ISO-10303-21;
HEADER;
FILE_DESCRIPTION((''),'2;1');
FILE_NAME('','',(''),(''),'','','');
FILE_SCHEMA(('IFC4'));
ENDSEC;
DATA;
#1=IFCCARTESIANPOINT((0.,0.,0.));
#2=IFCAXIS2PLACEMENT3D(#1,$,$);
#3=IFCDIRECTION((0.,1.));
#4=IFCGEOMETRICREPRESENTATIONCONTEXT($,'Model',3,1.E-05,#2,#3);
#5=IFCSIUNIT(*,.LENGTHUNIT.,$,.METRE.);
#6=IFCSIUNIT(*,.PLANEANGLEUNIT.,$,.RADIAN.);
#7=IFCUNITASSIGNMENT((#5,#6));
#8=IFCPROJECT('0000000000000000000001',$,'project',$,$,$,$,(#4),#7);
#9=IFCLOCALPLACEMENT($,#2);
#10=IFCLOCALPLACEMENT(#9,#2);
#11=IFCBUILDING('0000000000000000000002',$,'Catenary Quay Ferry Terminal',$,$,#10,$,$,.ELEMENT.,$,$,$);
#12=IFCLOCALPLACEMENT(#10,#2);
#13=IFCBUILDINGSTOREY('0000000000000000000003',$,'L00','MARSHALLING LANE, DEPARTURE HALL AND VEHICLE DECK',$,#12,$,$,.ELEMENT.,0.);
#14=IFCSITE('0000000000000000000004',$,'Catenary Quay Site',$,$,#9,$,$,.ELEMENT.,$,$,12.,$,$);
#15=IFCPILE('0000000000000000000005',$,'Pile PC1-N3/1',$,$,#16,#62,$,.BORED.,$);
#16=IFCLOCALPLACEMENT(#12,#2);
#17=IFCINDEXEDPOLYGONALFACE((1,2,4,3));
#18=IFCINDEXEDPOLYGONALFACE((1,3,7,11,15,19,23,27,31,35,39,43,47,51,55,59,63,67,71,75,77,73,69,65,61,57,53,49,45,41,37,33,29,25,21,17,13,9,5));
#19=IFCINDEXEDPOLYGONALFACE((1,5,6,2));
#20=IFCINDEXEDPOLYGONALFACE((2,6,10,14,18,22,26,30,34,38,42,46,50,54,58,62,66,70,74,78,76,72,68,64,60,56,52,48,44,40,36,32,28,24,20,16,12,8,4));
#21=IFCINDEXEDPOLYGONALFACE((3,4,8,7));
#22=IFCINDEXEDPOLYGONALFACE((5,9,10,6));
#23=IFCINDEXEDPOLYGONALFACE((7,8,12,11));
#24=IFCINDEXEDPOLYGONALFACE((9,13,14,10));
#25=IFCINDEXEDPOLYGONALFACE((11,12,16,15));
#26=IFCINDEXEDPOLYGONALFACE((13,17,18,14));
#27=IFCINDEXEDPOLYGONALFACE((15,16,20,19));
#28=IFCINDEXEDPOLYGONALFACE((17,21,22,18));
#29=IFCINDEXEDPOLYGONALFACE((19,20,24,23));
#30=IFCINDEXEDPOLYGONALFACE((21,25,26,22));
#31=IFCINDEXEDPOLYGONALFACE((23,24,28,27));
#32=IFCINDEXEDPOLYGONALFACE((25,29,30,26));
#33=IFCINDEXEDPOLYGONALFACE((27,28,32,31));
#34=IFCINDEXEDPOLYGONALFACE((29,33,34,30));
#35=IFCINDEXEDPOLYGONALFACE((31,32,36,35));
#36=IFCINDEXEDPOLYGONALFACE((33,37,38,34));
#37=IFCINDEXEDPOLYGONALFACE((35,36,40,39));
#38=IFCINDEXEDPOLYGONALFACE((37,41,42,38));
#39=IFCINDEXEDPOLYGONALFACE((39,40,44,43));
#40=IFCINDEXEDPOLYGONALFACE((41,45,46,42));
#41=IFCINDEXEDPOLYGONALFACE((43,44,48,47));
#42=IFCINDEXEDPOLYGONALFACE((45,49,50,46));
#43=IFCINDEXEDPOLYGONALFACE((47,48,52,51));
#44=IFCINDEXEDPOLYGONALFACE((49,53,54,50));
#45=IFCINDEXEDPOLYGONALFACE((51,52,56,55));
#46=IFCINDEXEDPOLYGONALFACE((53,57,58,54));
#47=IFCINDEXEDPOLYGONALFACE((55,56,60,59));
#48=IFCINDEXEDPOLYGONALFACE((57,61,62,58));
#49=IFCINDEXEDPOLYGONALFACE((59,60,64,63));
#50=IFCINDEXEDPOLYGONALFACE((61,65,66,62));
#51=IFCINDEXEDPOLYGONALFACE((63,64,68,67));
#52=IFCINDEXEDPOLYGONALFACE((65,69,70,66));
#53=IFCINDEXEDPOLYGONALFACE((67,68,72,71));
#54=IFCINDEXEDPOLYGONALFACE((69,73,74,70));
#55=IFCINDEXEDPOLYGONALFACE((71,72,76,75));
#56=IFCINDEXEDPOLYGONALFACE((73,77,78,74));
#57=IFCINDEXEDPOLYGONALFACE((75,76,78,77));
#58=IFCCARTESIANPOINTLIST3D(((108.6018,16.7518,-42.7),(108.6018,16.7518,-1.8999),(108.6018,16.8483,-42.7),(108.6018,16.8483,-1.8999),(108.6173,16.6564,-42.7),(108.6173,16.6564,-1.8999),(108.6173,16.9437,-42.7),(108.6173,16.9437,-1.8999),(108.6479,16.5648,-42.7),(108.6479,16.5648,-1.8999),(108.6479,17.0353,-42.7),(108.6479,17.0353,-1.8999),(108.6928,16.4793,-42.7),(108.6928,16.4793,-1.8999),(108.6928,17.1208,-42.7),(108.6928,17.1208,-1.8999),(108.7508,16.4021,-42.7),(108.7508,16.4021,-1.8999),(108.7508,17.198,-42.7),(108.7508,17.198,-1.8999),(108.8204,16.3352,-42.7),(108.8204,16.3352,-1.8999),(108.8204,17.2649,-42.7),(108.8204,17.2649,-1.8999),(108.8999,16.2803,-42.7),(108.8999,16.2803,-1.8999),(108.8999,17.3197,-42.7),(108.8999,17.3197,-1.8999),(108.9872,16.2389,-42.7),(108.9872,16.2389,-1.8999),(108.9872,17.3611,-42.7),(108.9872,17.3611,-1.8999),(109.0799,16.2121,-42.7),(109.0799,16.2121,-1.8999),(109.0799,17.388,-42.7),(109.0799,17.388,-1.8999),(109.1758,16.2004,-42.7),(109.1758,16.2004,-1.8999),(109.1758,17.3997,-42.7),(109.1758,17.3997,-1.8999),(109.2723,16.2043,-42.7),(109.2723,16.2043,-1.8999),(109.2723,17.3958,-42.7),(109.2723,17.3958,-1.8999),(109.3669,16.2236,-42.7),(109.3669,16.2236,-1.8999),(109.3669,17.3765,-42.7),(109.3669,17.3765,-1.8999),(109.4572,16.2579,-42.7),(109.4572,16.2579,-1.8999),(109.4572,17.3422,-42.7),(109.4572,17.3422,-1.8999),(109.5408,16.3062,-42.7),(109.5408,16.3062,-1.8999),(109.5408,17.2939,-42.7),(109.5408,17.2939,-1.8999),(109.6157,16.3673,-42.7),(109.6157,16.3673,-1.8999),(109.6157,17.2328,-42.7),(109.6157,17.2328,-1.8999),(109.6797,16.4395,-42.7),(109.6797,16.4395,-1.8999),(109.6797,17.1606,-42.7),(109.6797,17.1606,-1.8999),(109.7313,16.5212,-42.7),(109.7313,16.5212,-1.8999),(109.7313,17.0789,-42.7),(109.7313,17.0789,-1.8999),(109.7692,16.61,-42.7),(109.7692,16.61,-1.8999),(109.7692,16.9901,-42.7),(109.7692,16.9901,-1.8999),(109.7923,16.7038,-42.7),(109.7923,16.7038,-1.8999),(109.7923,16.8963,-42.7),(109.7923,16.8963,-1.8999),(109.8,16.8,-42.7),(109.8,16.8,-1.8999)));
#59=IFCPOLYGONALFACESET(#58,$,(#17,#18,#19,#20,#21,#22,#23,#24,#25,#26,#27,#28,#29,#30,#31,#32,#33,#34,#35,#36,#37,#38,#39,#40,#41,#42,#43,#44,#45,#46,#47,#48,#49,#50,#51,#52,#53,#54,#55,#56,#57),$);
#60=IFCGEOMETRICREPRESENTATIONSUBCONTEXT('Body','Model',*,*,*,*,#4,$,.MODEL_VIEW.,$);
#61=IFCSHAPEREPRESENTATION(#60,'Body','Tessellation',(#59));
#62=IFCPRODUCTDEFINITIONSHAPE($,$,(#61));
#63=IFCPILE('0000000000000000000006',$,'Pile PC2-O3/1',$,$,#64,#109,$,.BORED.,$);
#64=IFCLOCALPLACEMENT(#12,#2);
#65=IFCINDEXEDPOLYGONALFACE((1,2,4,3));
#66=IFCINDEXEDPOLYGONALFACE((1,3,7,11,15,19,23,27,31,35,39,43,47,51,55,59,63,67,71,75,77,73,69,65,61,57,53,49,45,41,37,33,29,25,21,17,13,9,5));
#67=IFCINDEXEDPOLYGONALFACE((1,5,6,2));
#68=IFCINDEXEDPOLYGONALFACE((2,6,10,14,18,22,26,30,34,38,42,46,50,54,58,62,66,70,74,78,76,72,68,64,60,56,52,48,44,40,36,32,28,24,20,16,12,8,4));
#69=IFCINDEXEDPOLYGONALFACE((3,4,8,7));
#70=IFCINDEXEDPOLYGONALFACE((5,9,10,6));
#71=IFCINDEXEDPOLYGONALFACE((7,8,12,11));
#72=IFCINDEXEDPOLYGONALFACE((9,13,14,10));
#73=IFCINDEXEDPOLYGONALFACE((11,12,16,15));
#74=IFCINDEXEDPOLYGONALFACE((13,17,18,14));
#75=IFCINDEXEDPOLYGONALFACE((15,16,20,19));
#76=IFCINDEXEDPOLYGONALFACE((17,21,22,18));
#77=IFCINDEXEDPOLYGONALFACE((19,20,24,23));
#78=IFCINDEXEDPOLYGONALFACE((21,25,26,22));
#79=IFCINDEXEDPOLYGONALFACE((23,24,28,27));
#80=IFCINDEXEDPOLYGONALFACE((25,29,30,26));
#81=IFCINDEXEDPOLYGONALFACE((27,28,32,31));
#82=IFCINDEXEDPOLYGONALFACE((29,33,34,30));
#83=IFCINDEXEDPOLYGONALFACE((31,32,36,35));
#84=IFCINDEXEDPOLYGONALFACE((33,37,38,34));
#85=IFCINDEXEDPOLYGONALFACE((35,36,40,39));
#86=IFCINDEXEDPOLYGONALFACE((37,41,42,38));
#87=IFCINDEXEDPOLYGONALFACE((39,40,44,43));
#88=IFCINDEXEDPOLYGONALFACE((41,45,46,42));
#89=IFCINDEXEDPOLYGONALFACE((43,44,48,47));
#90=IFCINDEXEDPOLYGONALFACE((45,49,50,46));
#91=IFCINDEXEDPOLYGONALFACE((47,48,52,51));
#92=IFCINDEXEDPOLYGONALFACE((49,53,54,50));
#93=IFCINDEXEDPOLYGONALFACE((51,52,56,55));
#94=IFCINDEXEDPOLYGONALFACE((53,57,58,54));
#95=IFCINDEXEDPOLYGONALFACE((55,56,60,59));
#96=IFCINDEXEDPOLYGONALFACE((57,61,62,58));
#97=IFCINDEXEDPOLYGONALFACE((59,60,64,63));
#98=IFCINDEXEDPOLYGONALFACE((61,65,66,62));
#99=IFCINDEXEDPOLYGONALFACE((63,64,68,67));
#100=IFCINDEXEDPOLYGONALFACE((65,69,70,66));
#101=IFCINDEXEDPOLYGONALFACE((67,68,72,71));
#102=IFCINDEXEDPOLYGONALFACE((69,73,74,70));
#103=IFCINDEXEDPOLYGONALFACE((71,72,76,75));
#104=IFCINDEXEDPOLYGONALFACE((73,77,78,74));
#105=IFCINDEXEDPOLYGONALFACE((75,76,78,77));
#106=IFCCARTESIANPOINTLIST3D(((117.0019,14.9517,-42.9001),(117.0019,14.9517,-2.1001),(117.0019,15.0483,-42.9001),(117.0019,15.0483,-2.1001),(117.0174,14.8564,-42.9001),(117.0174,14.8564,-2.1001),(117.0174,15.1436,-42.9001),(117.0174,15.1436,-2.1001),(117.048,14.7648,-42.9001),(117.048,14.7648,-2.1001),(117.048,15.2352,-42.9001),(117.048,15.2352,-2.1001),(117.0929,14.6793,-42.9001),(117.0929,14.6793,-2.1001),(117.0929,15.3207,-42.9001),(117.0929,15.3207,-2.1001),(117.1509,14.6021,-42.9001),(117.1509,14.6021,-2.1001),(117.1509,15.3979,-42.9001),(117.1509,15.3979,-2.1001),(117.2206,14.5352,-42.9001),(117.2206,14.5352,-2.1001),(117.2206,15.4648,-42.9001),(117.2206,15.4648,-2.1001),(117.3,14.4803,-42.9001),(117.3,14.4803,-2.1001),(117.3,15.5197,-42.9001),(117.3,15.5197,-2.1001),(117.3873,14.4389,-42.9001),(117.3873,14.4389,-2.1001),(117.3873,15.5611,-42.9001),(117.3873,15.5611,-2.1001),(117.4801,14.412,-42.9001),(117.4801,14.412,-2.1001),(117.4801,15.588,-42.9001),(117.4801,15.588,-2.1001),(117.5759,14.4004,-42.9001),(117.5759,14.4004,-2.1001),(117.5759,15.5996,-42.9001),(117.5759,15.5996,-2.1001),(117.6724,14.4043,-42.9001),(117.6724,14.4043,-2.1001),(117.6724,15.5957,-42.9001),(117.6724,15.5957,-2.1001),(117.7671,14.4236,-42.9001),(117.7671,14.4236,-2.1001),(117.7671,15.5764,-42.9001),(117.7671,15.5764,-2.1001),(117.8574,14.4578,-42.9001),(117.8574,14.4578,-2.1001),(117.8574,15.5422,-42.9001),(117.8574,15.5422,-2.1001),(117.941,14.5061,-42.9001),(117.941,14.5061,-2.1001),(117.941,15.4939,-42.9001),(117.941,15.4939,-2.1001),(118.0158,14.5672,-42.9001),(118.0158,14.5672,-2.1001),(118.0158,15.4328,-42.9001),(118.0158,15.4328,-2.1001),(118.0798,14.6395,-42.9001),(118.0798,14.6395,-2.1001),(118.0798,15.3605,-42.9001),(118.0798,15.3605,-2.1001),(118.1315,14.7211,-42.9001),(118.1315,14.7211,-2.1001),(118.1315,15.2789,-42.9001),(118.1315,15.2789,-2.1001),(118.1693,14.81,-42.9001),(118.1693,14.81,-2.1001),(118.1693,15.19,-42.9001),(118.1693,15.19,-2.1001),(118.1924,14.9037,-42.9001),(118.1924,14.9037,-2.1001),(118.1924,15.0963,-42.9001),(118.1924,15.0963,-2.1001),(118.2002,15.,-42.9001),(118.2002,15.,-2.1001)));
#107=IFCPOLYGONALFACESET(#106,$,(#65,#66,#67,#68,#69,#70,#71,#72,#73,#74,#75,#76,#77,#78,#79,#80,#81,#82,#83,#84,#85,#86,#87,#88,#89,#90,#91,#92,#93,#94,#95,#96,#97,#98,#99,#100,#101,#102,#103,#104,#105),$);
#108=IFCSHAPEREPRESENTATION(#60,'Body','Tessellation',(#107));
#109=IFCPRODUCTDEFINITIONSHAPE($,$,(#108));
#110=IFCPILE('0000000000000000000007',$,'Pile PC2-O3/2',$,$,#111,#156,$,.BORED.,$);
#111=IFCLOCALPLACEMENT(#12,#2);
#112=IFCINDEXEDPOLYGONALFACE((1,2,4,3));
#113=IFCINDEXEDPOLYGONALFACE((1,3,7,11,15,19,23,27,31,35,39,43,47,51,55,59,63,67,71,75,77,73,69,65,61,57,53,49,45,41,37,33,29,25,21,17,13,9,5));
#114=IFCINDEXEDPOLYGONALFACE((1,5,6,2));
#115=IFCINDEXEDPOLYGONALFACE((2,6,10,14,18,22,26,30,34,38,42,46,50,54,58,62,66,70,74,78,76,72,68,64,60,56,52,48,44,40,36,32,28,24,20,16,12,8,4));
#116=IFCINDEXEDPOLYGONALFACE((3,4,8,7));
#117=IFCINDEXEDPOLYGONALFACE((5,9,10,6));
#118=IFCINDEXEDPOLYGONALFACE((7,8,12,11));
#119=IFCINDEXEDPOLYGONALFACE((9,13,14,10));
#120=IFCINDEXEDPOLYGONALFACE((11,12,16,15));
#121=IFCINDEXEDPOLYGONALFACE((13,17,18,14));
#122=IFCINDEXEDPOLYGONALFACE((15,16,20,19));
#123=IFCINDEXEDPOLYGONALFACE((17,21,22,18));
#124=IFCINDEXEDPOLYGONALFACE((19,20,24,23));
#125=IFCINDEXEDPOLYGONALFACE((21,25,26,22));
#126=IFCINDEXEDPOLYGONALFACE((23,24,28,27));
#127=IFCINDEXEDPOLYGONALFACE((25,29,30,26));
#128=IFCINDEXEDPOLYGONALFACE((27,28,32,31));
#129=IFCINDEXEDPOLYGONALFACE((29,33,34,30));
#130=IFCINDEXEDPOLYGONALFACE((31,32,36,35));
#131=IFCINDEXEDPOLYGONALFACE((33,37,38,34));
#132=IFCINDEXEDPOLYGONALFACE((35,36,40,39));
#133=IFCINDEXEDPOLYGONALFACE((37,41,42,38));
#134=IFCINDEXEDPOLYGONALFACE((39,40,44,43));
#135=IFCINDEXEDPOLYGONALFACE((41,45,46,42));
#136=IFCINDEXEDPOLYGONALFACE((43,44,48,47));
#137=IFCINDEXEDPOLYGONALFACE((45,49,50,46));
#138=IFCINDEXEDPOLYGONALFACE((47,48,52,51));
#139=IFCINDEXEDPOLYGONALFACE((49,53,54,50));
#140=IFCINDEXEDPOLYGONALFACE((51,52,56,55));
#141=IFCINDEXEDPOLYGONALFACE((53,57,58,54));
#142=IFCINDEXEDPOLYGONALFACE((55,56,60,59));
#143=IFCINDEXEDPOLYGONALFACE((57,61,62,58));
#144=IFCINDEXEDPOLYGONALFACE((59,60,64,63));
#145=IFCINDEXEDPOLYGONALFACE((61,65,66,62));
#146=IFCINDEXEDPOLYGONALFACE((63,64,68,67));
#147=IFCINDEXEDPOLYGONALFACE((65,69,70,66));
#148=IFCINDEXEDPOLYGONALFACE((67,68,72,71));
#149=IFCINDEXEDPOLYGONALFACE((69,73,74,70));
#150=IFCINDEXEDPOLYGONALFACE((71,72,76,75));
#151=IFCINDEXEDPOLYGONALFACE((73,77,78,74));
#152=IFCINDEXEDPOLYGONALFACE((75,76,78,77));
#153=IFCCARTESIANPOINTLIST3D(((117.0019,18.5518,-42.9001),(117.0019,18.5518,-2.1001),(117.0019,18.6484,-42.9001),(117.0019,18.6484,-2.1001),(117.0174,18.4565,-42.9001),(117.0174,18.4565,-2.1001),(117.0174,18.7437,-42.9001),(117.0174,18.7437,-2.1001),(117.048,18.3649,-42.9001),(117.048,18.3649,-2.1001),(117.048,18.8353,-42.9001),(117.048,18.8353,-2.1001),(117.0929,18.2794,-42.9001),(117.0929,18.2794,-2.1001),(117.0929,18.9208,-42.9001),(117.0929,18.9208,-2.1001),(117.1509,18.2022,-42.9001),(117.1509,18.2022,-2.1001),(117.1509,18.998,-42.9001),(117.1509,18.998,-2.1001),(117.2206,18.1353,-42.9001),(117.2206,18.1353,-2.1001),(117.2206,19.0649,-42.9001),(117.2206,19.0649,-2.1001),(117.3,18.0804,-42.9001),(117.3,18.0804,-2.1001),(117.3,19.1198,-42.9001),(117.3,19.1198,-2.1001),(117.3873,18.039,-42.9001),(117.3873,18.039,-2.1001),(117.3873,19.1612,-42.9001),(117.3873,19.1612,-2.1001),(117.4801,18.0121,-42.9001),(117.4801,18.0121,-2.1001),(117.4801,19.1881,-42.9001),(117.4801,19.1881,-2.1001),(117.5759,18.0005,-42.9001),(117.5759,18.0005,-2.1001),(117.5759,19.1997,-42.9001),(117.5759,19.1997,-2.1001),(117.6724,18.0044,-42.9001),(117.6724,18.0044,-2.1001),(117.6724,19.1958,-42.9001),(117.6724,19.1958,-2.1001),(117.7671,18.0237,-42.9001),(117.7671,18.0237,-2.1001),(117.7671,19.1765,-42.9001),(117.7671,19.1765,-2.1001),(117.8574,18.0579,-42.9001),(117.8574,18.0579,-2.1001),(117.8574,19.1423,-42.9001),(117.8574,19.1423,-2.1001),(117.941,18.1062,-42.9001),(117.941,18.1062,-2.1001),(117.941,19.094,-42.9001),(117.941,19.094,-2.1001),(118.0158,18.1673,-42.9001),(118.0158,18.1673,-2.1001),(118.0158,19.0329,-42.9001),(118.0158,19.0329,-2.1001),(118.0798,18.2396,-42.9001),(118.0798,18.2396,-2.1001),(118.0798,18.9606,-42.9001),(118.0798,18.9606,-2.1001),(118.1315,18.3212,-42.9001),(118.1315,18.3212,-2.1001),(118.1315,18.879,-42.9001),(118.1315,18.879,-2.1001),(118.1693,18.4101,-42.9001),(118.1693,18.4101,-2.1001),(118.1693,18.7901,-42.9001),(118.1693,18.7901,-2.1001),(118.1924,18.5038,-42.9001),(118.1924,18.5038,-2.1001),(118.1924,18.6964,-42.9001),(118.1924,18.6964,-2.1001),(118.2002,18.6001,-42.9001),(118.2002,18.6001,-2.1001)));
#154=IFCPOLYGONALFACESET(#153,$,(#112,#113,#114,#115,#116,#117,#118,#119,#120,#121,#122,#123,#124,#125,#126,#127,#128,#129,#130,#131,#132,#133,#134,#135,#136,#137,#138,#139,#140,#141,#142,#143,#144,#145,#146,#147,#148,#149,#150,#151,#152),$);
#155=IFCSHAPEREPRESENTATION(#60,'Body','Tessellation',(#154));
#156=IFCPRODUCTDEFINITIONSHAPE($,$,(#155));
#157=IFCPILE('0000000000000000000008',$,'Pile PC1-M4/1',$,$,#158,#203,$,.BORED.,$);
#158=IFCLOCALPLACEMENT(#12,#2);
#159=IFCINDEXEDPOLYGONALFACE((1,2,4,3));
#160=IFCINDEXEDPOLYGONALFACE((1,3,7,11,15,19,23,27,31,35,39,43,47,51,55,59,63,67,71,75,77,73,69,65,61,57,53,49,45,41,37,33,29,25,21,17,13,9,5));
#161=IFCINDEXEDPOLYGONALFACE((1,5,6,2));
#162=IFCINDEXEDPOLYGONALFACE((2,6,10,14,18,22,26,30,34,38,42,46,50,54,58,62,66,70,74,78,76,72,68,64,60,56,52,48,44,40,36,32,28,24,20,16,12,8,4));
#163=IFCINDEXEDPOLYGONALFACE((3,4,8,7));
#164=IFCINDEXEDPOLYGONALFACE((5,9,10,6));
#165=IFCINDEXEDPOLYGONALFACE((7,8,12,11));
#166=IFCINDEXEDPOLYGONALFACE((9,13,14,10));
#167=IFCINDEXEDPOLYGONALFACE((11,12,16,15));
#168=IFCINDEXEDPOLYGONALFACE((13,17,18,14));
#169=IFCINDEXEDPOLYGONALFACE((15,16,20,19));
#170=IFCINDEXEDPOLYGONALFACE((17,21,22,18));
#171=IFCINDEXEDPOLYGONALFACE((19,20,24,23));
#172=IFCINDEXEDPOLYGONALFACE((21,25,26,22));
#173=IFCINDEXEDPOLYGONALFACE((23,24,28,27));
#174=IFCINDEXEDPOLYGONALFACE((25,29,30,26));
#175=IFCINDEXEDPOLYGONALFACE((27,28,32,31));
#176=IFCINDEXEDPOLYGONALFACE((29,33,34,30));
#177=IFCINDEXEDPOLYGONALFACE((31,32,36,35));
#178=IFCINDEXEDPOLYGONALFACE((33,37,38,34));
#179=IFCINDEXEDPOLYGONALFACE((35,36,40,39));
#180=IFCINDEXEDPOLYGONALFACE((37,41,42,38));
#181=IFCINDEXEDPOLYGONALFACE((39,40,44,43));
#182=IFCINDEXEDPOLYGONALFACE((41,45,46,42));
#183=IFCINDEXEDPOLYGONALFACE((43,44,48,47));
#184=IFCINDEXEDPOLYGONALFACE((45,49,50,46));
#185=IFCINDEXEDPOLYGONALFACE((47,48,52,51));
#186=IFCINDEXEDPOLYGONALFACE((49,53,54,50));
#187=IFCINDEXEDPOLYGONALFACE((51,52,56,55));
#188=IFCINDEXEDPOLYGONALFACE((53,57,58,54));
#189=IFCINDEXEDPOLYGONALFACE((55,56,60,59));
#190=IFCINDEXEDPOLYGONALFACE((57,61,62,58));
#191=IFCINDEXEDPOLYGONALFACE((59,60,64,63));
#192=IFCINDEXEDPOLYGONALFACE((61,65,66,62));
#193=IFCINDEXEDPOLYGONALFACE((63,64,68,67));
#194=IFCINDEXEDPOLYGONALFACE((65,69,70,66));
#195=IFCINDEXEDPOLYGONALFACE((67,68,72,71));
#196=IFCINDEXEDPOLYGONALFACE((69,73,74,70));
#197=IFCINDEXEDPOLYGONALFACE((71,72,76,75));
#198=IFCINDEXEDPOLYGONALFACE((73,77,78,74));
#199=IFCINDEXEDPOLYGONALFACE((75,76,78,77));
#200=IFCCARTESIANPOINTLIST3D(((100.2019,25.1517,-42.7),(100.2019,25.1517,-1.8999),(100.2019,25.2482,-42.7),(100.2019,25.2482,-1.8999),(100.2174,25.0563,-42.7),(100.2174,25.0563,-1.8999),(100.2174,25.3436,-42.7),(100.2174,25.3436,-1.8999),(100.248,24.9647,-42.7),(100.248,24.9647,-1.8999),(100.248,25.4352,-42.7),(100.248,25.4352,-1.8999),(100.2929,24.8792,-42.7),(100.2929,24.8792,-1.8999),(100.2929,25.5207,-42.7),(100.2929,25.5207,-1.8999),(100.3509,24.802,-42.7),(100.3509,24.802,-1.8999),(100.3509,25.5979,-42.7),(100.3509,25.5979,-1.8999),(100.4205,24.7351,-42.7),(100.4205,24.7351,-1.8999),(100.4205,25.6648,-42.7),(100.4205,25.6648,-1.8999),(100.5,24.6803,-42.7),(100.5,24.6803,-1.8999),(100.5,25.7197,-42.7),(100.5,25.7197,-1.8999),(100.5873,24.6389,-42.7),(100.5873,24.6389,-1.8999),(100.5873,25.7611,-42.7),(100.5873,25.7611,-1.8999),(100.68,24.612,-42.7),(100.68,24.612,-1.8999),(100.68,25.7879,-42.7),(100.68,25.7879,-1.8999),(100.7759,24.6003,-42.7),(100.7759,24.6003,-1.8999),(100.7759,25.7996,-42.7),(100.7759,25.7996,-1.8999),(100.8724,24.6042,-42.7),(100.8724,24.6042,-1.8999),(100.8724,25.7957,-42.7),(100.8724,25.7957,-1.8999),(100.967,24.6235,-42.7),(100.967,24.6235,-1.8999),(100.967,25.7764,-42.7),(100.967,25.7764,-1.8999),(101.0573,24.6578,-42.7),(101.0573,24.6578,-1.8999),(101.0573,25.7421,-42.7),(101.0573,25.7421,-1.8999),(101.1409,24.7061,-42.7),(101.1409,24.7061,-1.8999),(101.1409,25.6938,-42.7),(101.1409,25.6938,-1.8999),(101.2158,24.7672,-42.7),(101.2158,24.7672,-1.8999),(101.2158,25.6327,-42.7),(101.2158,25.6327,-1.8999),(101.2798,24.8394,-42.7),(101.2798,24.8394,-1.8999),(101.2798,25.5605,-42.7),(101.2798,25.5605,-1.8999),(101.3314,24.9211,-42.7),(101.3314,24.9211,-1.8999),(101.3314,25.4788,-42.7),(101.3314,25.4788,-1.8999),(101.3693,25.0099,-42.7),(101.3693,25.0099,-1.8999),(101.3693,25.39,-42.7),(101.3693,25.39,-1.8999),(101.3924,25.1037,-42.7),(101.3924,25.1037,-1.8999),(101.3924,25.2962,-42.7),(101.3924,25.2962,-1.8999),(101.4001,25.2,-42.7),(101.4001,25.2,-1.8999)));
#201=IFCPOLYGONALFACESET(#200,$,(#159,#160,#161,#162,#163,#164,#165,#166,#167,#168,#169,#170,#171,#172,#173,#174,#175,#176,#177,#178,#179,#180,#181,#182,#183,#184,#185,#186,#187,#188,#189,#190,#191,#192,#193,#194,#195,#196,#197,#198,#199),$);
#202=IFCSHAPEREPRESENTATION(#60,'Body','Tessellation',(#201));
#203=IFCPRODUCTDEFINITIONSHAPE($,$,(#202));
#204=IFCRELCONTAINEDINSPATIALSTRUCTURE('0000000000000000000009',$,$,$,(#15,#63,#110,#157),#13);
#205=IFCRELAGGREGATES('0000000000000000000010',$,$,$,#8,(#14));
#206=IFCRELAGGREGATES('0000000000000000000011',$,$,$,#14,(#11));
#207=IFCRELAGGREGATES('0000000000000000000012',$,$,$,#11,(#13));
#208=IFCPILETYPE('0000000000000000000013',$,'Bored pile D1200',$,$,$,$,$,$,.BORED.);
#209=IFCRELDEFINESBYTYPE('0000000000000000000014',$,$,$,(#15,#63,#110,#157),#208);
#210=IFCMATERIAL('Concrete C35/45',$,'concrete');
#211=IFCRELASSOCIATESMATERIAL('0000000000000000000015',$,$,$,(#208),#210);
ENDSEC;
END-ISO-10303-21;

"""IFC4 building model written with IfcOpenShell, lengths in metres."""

from ifc_helpers import new_model, si_unit, direction, frame, origin, origin_2d, place, context, subcontext, project, spatial, circle, extrude, material, material_profile, profile_set, type_object, element, save


model = new_model("IFC4")

# Units and contexts
model_context = context("Model", 3, precision=1e-05, world=origin(), true_north=direction((0.0, 1.0)))
body_context = subcontext(model_context, "Body", "Model", "MODEL_VIEW")
ifc_project = project(units=[si_unit("LENGTHUNIT", "METRE"), si_unit("PLANEANGLEUNIT", "RADIAN")], contexts=[model_context])

# Site, building, storey
site_placement = place(None, origin())
site = spatial("IfcSite", under=ifc_project, at=site_placement, Name="Catenary Quay Site", CompositionType="ELEMENT", RefElevation=12.0)
building_placement = place(site_placement, origin())
building = spatial("IfcBuilding", under=site, at=building_placement, Name="Catenary Quay Ferry Terminal", CompositionType="ELEMENT")
storey_placement = place(building_placement, origin())
storey = spatial("IfcBuildingStorey", under=building, at=storey_placement, Name="L00", Description="MARSHALLING LANE, DEPARTURE HALL AND VEHICLE DECK", CompositionType="ELEMENT", Elevation=0.0)

# Piles
ifc_material_1 = material(Name="Concrete C35/45", Category="concrete")
ifc_material_profile_1 = material_profile(ifc_material_1, circle(Radius=0.6001, at=origin_2d()), Name="D1200")
ifc_profile_set_1 = profile_set([ifc_material_profile_1], Name="Concrete C35/45")
pile_type = type_object("IfcPileType", Name="Bored pile D1200", PredefinedType="BORED", material=ifc_profile_set_1)
for number, where, z_axis, x_axis, name in (
    (1, (109.2, 16.8, -1.8999), (0.0, 0.0, -1.0), (1.0, 0.0, 0.0), "Pile PC1-N3/1"),
    (2, (117.6001, 15.0, -2.1001), (0.0, 0.0, -1.0), (1.0, 0.0, 0.0), "Pile PC2-O3/1"),
    (3, (117.6001, 18.6001, -2.1001), (0.0, 0.0, -1.0), (1.0, 0.0, 0.0), "Pile PC2-O3/2"),
    (4, (100.8, 25.2, -1.8999), (0.0, 0.0, -1.0), (1.0, 0.0, 0.0), "Pile PC1-M4/1"),
):
    element("IfcPile", number, at=place(storey_placement, frame(where, z_axis=z_axis, x_axis=x_axis)), inside=storey, type_object=pile_type, Name=name, PredefinedType="BORED", context=body_context, shape_type="SweptSolid", body=[
        extrude(circle(Radius=0.6001, at=origin_2d()), origin(), (0.0, 0.0, 1.0), 40.8),
    ])

save(model, "model.ifc")
